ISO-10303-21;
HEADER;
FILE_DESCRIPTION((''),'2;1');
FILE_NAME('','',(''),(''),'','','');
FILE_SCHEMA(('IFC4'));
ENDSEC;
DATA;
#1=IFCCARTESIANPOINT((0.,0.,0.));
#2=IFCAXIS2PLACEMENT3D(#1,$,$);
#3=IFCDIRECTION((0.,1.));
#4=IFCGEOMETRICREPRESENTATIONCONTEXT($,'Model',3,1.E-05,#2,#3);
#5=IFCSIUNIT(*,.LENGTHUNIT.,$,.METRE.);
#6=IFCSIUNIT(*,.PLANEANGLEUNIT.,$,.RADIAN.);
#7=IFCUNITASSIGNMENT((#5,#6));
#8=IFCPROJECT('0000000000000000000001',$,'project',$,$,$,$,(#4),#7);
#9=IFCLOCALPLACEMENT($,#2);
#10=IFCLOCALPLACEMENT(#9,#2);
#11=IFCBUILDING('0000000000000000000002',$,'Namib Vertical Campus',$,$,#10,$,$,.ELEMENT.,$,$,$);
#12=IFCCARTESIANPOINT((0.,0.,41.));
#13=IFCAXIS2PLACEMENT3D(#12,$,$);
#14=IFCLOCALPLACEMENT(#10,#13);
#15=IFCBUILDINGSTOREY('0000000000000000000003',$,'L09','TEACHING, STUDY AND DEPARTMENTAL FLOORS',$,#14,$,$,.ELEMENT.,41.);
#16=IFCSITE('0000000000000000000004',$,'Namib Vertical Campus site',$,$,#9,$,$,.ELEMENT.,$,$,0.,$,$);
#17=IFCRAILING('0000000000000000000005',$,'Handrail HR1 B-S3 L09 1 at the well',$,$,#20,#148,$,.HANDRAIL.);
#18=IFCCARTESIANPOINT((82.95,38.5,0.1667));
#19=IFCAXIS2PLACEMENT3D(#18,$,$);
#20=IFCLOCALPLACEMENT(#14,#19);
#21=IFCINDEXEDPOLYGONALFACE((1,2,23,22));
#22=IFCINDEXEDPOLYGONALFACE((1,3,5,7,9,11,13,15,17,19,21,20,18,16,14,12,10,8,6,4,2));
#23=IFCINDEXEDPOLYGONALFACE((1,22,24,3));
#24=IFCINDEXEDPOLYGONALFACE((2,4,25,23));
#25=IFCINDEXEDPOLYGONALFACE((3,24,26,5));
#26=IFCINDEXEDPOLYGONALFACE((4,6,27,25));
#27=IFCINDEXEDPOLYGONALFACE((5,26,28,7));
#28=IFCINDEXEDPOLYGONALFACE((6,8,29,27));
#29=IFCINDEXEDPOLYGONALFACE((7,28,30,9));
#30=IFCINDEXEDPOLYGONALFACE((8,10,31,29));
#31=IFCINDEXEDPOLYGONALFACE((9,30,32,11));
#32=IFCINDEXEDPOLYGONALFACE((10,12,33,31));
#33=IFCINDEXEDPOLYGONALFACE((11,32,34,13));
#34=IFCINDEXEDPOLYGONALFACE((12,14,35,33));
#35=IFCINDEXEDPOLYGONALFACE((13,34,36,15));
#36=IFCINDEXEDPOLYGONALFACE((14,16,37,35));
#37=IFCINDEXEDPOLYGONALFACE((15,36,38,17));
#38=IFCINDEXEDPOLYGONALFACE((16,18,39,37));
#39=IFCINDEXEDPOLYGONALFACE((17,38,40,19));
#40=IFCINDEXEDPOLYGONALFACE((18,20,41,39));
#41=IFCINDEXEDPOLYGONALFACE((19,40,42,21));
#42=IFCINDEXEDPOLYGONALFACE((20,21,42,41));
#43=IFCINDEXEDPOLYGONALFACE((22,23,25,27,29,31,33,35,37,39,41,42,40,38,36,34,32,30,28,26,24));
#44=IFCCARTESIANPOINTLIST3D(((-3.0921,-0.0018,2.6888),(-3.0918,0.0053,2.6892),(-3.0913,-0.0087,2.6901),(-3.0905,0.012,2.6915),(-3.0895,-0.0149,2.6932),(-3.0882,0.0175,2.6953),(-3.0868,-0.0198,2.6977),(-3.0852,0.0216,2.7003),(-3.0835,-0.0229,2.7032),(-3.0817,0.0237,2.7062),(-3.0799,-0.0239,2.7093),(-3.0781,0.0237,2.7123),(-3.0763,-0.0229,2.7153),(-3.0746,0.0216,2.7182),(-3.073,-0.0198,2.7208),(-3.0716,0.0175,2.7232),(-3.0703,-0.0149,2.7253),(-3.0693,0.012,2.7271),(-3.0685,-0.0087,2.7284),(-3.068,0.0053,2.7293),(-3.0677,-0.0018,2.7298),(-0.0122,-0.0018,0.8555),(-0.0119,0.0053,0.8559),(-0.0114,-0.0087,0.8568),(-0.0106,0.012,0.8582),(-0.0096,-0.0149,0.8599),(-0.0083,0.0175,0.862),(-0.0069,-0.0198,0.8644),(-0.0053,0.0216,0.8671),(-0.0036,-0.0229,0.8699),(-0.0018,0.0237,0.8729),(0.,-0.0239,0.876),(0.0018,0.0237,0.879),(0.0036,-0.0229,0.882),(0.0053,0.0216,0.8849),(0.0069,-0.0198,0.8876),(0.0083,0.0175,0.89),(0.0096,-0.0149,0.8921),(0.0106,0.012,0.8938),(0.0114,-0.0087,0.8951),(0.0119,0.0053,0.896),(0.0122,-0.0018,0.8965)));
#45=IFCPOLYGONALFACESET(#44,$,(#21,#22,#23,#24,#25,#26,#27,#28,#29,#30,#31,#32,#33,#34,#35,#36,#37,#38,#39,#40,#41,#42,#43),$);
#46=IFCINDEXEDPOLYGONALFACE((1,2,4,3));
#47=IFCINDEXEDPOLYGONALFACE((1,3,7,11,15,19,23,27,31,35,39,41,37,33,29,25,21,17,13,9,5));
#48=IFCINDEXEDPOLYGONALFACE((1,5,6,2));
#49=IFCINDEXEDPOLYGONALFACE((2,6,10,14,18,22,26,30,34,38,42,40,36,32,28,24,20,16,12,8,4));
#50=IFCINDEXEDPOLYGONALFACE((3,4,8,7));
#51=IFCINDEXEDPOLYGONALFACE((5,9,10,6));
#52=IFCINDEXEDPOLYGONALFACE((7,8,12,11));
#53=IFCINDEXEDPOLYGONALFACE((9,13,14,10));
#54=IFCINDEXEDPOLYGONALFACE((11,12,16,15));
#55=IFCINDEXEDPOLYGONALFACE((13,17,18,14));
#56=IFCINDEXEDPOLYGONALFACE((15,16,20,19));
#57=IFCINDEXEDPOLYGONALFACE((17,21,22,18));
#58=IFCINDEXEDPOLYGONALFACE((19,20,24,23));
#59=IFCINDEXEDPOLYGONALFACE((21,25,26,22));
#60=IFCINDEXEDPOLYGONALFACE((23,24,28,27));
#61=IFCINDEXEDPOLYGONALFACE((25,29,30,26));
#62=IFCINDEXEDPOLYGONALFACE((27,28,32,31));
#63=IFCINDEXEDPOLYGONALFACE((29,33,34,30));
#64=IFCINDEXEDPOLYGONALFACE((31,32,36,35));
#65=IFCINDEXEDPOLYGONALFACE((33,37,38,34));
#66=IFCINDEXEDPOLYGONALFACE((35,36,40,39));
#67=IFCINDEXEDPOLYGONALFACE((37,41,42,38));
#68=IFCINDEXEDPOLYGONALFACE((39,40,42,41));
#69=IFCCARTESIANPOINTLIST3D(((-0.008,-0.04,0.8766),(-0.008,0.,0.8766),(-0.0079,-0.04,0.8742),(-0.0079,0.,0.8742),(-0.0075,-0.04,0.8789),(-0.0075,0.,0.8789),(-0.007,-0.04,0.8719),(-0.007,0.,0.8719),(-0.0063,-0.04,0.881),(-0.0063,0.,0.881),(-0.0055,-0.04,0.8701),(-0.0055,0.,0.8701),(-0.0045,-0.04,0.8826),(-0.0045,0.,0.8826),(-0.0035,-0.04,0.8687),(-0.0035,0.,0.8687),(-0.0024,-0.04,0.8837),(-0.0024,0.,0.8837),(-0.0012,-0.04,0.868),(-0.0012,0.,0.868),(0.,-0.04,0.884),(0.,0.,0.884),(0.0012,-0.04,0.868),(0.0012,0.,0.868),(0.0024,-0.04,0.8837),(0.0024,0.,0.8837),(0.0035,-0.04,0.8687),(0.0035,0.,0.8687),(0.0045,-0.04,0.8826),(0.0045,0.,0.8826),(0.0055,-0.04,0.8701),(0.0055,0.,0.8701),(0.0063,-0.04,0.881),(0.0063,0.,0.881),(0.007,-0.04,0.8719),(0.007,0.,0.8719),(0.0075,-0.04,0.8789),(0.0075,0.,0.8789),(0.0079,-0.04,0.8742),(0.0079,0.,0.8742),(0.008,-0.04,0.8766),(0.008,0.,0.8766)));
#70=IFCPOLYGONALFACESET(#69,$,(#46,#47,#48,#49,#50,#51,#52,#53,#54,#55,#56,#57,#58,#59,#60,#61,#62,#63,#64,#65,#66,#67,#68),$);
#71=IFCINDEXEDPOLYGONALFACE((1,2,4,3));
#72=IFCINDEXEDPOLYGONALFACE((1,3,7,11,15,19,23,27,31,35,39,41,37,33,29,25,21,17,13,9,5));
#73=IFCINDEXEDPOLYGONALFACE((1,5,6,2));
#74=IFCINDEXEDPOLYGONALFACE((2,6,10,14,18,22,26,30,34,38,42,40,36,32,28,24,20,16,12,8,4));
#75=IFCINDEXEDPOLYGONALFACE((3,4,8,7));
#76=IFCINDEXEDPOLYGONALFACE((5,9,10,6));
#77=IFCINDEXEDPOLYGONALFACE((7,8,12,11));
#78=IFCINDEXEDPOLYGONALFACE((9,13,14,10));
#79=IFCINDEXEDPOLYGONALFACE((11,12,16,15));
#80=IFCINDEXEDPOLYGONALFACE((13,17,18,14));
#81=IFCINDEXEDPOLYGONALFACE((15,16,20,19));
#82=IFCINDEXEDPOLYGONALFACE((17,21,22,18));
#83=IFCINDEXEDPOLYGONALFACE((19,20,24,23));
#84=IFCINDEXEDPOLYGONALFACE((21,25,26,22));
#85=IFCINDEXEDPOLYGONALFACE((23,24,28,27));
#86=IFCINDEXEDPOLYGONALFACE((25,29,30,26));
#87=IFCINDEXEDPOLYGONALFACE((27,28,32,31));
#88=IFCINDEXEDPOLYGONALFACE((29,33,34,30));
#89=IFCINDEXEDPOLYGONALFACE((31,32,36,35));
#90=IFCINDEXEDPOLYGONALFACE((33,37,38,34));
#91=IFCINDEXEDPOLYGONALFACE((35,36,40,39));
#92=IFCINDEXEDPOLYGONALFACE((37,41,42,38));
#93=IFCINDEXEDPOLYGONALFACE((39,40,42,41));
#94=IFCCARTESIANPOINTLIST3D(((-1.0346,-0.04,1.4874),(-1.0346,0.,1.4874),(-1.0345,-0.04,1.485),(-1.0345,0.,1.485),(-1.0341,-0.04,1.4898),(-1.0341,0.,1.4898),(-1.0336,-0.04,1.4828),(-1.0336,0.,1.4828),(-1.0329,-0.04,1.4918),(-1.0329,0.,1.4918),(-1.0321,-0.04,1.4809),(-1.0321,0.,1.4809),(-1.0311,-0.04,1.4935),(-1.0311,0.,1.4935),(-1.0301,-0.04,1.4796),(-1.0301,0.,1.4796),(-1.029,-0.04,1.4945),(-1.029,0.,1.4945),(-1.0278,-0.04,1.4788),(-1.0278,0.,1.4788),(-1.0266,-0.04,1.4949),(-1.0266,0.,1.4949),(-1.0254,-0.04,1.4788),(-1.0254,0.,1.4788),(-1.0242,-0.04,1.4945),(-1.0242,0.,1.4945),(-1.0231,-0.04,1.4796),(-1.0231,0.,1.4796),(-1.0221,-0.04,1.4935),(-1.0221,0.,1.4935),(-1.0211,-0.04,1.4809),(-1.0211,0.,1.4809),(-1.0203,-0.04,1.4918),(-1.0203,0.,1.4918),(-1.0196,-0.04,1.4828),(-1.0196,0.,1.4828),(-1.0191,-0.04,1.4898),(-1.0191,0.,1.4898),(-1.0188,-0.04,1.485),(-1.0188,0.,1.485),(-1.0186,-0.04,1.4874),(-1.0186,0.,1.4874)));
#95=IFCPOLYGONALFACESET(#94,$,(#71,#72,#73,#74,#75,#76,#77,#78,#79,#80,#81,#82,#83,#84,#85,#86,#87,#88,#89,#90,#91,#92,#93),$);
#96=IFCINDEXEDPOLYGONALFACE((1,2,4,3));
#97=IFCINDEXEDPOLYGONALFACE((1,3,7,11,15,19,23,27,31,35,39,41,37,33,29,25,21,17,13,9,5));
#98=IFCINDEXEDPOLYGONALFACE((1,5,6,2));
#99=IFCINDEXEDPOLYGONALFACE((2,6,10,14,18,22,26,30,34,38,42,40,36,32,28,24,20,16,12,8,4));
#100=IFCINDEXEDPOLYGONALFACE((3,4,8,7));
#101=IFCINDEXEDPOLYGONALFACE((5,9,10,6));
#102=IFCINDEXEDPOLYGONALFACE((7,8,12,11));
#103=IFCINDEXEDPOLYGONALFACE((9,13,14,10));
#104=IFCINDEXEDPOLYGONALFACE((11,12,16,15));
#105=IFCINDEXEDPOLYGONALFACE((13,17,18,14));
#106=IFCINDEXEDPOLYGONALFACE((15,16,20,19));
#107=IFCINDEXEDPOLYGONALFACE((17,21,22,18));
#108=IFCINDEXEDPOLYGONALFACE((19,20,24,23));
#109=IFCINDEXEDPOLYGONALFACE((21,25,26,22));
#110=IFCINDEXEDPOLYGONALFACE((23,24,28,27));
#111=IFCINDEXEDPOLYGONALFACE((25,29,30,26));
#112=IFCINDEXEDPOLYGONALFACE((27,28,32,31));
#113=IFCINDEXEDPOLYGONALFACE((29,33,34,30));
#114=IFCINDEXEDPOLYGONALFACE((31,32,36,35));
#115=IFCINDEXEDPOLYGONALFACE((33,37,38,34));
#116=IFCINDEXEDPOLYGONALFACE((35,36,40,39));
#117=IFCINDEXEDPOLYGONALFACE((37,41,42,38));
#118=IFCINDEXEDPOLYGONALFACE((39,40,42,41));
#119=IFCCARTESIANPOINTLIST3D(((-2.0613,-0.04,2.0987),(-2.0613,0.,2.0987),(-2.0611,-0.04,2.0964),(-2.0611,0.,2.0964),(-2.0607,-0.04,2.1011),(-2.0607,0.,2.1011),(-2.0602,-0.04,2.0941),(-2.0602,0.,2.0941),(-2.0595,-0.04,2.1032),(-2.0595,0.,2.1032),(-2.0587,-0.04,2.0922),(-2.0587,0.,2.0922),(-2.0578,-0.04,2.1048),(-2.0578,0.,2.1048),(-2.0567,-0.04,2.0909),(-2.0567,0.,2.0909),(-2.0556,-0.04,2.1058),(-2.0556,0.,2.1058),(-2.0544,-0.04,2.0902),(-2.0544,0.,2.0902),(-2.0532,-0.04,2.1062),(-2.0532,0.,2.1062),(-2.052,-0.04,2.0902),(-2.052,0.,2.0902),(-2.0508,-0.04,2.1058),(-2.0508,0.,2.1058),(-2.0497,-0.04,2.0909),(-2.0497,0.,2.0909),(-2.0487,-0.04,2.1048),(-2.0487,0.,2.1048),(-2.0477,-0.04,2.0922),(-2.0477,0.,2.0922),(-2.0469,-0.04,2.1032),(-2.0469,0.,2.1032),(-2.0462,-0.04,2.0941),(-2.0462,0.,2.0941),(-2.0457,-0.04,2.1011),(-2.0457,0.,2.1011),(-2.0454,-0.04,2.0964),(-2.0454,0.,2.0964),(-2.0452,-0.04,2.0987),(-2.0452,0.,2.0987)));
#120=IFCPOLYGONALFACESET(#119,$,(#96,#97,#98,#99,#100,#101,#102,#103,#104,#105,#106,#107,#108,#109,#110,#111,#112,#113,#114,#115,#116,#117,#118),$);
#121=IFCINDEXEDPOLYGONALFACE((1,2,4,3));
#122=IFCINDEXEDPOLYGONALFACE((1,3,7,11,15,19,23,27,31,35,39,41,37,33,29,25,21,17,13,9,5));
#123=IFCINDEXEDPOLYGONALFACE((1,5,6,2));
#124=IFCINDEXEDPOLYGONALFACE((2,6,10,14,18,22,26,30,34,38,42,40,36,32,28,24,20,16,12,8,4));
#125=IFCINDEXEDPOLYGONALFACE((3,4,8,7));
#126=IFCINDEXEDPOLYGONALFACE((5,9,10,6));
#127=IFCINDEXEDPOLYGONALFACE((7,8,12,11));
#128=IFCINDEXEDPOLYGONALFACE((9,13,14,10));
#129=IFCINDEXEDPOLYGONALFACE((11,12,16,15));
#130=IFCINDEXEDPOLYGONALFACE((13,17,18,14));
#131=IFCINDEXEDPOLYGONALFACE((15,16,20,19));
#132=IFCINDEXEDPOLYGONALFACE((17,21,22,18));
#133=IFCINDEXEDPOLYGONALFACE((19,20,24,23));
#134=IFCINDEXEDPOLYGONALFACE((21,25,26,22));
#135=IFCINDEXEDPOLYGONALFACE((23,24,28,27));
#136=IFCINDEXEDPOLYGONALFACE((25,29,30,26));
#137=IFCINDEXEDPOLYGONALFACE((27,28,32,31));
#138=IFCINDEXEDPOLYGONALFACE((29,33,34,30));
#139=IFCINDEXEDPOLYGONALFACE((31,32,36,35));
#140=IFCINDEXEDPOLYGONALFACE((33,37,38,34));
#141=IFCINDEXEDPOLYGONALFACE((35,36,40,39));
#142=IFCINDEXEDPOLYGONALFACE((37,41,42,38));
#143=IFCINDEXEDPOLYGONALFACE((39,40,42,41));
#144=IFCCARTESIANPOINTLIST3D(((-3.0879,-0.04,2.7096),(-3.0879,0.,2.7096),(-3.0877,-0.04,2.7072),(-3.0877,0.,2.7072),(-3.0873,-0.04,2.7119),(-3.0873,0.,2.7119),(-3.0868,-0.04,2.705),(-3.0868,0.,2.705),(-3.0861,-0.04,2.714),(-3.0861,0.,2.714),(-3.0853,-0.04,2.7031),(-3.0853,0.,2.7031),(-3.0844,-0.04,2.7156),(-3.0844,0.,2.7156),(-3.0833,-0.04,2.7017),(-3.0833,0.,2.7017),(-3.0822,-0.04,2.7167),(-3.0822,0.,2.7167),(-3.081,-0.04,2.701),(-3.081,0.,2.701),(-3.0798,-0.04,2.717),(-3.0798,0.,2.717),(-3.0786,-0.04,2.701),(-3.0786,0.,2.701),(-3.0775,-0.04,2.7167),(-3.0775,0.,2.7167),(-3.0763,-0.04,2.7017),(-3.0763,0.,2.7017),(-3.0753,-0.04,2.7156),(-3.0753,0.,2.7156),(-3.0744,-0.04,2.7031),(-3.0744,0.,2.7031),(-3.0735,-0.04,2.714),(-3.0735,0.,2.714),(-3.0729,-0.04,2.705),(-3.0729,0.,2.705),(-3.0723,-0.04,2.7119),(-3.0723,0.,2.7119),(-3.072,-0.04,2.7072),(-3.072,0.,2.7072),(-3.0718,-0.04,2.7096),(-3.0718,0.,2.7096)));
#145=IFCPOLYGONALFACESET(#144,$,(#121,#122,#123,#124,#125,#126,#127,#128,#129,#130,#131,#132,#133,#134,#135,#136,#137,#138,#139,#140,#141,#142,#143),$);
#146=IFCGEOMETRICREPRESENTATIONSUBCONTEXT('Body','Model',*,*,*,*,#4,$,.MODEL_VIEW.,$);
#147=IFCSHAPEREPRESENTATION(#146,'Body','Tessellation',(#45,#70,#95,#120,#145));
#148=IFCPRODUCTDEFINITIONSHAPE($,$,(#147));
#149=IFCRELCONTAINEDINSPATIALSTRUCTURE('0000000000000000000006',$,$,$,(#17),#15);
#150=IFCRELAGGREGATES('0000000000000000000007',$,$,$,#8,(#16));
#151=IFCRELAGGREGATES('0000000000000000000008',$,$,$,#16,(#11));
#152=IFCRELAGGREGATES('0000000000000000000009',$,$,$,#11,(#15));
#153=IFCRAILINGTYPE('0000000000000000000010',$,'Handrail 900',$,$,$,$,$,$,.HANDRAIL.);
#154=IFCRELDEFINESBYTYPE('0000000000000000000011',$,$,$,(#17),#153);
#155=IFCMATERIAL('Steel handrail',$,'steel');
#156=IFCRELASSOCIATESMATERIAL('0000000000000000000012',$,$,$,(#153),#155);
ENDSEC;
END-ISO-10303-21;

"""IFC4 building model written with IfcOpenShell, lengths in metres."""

from ifc_helpers import new_model, si_unit, direction, frame, origin, origin_2d, place, context, subcontext, project, spatial, circle, extrude, material, type_object, element, save


model = new_model("IFC4")

# Units and contexts
model_context = context("Model", 3, precision=1e-05, world=origin(), true_north=direction((0.0, 1.0)))
body_context = subcontext(model_context, "Body", "Model", "MODEL_VIEW")
ifc_project = project(units=[si_unit("LENGTHUNIT", "METRE"), si_unit("PLANEANGLEUNIT", "RADIAN")], contexts=[model_context])

# Site, building, storey
site_placement = place(None, origin())
site = spatial("IfcSite", under=ifc_project, at=site_placement, Name="Namib Vertical Campus site", CompositionType="ELEMENT", RefElevation=0.0)
building_placement = place(site_placement, origin())
building = spatial("IfcBuilding", under=site, at=building_placement, Name="Namib Vertical Campus", CompositionType="ELEMENT")
storey_placement = place(building_placement, frame((0.0, 0.0, 41.0)))
storey = spatial("IfcBuildingStorey", under=building, at=storey_placement, Name="L09", Description="TEACHING, STUDY AND DEPARTMENTAL FLOORS", CompositionType="ELEMENT", Elevation=41.0)

# Railing
ifc_material_1 = material(Name="Steel handrail", Category="steel")
railing_type_1 = type_object("IfcRailingType", Name="Handrail 900", PredefinedType="HANDRAIL", material=ifc_material_1)
railing_1_placement = place(storey_placement, frame((82.95, 38.5, 0.1667)))
element("IfcRailing", 1, at=railing_1_placement, inside=storey, type_object=railing_type_1, Name="Handrail HR1 B-S3 L09 1 at the well", PredefinedType="HANDRAIL", context=body_context, shape_type="SweptSolid", body=[
    extrude(circle(Radius=0.0239, at=origin_2d()), frame((0.0, 0.0, 0.876), z_axis=(-0.859291, 0.0, 0.511487), x_axis=(0.0, -1.0, 0.0)), (0.0, 0.0, 1.0), 3.5842),
    extrude(circle(Radius=0.0081, at=origin_2d()), frame((0.0, 0.0, 0.876), z_axis=(0.0, -1.0, 0.0), x_axis=(0.0, 0.0, 1.0)), (0.0, 0.0, 1.0), 0.04),
    extrude(circle(Radius=0.0081, at=origin_2d()), frame((-1.0266, 0.0, 1.4868), z_axis=(0.0, -1.0, 0.0), x_axis=(0.0, 0.0, 1.0)), (0.0, 0.0, 1.0), 0.04),
    extrude(circle(Radius=0.0081, at=origin_2d()), frame((-2.0532, 0.0, 2.0981), z_axis=(0.0, -1.0, 0.0), x_axis=(0.0, 0.0, 1.0)), (0.0, 0.0, 1.0), 0.04),
    extrude(circle(Radius=0.0081, at=origin_2d()), frame((-3.0798, 0.0, 2.709), z_axis=(0.0, -1.0, 0.0), x_axis=(0.0, 0.0, 1.0)), (0.0, 0.0, 1.0), 0.04),
])

save(model, "model.ifc")
